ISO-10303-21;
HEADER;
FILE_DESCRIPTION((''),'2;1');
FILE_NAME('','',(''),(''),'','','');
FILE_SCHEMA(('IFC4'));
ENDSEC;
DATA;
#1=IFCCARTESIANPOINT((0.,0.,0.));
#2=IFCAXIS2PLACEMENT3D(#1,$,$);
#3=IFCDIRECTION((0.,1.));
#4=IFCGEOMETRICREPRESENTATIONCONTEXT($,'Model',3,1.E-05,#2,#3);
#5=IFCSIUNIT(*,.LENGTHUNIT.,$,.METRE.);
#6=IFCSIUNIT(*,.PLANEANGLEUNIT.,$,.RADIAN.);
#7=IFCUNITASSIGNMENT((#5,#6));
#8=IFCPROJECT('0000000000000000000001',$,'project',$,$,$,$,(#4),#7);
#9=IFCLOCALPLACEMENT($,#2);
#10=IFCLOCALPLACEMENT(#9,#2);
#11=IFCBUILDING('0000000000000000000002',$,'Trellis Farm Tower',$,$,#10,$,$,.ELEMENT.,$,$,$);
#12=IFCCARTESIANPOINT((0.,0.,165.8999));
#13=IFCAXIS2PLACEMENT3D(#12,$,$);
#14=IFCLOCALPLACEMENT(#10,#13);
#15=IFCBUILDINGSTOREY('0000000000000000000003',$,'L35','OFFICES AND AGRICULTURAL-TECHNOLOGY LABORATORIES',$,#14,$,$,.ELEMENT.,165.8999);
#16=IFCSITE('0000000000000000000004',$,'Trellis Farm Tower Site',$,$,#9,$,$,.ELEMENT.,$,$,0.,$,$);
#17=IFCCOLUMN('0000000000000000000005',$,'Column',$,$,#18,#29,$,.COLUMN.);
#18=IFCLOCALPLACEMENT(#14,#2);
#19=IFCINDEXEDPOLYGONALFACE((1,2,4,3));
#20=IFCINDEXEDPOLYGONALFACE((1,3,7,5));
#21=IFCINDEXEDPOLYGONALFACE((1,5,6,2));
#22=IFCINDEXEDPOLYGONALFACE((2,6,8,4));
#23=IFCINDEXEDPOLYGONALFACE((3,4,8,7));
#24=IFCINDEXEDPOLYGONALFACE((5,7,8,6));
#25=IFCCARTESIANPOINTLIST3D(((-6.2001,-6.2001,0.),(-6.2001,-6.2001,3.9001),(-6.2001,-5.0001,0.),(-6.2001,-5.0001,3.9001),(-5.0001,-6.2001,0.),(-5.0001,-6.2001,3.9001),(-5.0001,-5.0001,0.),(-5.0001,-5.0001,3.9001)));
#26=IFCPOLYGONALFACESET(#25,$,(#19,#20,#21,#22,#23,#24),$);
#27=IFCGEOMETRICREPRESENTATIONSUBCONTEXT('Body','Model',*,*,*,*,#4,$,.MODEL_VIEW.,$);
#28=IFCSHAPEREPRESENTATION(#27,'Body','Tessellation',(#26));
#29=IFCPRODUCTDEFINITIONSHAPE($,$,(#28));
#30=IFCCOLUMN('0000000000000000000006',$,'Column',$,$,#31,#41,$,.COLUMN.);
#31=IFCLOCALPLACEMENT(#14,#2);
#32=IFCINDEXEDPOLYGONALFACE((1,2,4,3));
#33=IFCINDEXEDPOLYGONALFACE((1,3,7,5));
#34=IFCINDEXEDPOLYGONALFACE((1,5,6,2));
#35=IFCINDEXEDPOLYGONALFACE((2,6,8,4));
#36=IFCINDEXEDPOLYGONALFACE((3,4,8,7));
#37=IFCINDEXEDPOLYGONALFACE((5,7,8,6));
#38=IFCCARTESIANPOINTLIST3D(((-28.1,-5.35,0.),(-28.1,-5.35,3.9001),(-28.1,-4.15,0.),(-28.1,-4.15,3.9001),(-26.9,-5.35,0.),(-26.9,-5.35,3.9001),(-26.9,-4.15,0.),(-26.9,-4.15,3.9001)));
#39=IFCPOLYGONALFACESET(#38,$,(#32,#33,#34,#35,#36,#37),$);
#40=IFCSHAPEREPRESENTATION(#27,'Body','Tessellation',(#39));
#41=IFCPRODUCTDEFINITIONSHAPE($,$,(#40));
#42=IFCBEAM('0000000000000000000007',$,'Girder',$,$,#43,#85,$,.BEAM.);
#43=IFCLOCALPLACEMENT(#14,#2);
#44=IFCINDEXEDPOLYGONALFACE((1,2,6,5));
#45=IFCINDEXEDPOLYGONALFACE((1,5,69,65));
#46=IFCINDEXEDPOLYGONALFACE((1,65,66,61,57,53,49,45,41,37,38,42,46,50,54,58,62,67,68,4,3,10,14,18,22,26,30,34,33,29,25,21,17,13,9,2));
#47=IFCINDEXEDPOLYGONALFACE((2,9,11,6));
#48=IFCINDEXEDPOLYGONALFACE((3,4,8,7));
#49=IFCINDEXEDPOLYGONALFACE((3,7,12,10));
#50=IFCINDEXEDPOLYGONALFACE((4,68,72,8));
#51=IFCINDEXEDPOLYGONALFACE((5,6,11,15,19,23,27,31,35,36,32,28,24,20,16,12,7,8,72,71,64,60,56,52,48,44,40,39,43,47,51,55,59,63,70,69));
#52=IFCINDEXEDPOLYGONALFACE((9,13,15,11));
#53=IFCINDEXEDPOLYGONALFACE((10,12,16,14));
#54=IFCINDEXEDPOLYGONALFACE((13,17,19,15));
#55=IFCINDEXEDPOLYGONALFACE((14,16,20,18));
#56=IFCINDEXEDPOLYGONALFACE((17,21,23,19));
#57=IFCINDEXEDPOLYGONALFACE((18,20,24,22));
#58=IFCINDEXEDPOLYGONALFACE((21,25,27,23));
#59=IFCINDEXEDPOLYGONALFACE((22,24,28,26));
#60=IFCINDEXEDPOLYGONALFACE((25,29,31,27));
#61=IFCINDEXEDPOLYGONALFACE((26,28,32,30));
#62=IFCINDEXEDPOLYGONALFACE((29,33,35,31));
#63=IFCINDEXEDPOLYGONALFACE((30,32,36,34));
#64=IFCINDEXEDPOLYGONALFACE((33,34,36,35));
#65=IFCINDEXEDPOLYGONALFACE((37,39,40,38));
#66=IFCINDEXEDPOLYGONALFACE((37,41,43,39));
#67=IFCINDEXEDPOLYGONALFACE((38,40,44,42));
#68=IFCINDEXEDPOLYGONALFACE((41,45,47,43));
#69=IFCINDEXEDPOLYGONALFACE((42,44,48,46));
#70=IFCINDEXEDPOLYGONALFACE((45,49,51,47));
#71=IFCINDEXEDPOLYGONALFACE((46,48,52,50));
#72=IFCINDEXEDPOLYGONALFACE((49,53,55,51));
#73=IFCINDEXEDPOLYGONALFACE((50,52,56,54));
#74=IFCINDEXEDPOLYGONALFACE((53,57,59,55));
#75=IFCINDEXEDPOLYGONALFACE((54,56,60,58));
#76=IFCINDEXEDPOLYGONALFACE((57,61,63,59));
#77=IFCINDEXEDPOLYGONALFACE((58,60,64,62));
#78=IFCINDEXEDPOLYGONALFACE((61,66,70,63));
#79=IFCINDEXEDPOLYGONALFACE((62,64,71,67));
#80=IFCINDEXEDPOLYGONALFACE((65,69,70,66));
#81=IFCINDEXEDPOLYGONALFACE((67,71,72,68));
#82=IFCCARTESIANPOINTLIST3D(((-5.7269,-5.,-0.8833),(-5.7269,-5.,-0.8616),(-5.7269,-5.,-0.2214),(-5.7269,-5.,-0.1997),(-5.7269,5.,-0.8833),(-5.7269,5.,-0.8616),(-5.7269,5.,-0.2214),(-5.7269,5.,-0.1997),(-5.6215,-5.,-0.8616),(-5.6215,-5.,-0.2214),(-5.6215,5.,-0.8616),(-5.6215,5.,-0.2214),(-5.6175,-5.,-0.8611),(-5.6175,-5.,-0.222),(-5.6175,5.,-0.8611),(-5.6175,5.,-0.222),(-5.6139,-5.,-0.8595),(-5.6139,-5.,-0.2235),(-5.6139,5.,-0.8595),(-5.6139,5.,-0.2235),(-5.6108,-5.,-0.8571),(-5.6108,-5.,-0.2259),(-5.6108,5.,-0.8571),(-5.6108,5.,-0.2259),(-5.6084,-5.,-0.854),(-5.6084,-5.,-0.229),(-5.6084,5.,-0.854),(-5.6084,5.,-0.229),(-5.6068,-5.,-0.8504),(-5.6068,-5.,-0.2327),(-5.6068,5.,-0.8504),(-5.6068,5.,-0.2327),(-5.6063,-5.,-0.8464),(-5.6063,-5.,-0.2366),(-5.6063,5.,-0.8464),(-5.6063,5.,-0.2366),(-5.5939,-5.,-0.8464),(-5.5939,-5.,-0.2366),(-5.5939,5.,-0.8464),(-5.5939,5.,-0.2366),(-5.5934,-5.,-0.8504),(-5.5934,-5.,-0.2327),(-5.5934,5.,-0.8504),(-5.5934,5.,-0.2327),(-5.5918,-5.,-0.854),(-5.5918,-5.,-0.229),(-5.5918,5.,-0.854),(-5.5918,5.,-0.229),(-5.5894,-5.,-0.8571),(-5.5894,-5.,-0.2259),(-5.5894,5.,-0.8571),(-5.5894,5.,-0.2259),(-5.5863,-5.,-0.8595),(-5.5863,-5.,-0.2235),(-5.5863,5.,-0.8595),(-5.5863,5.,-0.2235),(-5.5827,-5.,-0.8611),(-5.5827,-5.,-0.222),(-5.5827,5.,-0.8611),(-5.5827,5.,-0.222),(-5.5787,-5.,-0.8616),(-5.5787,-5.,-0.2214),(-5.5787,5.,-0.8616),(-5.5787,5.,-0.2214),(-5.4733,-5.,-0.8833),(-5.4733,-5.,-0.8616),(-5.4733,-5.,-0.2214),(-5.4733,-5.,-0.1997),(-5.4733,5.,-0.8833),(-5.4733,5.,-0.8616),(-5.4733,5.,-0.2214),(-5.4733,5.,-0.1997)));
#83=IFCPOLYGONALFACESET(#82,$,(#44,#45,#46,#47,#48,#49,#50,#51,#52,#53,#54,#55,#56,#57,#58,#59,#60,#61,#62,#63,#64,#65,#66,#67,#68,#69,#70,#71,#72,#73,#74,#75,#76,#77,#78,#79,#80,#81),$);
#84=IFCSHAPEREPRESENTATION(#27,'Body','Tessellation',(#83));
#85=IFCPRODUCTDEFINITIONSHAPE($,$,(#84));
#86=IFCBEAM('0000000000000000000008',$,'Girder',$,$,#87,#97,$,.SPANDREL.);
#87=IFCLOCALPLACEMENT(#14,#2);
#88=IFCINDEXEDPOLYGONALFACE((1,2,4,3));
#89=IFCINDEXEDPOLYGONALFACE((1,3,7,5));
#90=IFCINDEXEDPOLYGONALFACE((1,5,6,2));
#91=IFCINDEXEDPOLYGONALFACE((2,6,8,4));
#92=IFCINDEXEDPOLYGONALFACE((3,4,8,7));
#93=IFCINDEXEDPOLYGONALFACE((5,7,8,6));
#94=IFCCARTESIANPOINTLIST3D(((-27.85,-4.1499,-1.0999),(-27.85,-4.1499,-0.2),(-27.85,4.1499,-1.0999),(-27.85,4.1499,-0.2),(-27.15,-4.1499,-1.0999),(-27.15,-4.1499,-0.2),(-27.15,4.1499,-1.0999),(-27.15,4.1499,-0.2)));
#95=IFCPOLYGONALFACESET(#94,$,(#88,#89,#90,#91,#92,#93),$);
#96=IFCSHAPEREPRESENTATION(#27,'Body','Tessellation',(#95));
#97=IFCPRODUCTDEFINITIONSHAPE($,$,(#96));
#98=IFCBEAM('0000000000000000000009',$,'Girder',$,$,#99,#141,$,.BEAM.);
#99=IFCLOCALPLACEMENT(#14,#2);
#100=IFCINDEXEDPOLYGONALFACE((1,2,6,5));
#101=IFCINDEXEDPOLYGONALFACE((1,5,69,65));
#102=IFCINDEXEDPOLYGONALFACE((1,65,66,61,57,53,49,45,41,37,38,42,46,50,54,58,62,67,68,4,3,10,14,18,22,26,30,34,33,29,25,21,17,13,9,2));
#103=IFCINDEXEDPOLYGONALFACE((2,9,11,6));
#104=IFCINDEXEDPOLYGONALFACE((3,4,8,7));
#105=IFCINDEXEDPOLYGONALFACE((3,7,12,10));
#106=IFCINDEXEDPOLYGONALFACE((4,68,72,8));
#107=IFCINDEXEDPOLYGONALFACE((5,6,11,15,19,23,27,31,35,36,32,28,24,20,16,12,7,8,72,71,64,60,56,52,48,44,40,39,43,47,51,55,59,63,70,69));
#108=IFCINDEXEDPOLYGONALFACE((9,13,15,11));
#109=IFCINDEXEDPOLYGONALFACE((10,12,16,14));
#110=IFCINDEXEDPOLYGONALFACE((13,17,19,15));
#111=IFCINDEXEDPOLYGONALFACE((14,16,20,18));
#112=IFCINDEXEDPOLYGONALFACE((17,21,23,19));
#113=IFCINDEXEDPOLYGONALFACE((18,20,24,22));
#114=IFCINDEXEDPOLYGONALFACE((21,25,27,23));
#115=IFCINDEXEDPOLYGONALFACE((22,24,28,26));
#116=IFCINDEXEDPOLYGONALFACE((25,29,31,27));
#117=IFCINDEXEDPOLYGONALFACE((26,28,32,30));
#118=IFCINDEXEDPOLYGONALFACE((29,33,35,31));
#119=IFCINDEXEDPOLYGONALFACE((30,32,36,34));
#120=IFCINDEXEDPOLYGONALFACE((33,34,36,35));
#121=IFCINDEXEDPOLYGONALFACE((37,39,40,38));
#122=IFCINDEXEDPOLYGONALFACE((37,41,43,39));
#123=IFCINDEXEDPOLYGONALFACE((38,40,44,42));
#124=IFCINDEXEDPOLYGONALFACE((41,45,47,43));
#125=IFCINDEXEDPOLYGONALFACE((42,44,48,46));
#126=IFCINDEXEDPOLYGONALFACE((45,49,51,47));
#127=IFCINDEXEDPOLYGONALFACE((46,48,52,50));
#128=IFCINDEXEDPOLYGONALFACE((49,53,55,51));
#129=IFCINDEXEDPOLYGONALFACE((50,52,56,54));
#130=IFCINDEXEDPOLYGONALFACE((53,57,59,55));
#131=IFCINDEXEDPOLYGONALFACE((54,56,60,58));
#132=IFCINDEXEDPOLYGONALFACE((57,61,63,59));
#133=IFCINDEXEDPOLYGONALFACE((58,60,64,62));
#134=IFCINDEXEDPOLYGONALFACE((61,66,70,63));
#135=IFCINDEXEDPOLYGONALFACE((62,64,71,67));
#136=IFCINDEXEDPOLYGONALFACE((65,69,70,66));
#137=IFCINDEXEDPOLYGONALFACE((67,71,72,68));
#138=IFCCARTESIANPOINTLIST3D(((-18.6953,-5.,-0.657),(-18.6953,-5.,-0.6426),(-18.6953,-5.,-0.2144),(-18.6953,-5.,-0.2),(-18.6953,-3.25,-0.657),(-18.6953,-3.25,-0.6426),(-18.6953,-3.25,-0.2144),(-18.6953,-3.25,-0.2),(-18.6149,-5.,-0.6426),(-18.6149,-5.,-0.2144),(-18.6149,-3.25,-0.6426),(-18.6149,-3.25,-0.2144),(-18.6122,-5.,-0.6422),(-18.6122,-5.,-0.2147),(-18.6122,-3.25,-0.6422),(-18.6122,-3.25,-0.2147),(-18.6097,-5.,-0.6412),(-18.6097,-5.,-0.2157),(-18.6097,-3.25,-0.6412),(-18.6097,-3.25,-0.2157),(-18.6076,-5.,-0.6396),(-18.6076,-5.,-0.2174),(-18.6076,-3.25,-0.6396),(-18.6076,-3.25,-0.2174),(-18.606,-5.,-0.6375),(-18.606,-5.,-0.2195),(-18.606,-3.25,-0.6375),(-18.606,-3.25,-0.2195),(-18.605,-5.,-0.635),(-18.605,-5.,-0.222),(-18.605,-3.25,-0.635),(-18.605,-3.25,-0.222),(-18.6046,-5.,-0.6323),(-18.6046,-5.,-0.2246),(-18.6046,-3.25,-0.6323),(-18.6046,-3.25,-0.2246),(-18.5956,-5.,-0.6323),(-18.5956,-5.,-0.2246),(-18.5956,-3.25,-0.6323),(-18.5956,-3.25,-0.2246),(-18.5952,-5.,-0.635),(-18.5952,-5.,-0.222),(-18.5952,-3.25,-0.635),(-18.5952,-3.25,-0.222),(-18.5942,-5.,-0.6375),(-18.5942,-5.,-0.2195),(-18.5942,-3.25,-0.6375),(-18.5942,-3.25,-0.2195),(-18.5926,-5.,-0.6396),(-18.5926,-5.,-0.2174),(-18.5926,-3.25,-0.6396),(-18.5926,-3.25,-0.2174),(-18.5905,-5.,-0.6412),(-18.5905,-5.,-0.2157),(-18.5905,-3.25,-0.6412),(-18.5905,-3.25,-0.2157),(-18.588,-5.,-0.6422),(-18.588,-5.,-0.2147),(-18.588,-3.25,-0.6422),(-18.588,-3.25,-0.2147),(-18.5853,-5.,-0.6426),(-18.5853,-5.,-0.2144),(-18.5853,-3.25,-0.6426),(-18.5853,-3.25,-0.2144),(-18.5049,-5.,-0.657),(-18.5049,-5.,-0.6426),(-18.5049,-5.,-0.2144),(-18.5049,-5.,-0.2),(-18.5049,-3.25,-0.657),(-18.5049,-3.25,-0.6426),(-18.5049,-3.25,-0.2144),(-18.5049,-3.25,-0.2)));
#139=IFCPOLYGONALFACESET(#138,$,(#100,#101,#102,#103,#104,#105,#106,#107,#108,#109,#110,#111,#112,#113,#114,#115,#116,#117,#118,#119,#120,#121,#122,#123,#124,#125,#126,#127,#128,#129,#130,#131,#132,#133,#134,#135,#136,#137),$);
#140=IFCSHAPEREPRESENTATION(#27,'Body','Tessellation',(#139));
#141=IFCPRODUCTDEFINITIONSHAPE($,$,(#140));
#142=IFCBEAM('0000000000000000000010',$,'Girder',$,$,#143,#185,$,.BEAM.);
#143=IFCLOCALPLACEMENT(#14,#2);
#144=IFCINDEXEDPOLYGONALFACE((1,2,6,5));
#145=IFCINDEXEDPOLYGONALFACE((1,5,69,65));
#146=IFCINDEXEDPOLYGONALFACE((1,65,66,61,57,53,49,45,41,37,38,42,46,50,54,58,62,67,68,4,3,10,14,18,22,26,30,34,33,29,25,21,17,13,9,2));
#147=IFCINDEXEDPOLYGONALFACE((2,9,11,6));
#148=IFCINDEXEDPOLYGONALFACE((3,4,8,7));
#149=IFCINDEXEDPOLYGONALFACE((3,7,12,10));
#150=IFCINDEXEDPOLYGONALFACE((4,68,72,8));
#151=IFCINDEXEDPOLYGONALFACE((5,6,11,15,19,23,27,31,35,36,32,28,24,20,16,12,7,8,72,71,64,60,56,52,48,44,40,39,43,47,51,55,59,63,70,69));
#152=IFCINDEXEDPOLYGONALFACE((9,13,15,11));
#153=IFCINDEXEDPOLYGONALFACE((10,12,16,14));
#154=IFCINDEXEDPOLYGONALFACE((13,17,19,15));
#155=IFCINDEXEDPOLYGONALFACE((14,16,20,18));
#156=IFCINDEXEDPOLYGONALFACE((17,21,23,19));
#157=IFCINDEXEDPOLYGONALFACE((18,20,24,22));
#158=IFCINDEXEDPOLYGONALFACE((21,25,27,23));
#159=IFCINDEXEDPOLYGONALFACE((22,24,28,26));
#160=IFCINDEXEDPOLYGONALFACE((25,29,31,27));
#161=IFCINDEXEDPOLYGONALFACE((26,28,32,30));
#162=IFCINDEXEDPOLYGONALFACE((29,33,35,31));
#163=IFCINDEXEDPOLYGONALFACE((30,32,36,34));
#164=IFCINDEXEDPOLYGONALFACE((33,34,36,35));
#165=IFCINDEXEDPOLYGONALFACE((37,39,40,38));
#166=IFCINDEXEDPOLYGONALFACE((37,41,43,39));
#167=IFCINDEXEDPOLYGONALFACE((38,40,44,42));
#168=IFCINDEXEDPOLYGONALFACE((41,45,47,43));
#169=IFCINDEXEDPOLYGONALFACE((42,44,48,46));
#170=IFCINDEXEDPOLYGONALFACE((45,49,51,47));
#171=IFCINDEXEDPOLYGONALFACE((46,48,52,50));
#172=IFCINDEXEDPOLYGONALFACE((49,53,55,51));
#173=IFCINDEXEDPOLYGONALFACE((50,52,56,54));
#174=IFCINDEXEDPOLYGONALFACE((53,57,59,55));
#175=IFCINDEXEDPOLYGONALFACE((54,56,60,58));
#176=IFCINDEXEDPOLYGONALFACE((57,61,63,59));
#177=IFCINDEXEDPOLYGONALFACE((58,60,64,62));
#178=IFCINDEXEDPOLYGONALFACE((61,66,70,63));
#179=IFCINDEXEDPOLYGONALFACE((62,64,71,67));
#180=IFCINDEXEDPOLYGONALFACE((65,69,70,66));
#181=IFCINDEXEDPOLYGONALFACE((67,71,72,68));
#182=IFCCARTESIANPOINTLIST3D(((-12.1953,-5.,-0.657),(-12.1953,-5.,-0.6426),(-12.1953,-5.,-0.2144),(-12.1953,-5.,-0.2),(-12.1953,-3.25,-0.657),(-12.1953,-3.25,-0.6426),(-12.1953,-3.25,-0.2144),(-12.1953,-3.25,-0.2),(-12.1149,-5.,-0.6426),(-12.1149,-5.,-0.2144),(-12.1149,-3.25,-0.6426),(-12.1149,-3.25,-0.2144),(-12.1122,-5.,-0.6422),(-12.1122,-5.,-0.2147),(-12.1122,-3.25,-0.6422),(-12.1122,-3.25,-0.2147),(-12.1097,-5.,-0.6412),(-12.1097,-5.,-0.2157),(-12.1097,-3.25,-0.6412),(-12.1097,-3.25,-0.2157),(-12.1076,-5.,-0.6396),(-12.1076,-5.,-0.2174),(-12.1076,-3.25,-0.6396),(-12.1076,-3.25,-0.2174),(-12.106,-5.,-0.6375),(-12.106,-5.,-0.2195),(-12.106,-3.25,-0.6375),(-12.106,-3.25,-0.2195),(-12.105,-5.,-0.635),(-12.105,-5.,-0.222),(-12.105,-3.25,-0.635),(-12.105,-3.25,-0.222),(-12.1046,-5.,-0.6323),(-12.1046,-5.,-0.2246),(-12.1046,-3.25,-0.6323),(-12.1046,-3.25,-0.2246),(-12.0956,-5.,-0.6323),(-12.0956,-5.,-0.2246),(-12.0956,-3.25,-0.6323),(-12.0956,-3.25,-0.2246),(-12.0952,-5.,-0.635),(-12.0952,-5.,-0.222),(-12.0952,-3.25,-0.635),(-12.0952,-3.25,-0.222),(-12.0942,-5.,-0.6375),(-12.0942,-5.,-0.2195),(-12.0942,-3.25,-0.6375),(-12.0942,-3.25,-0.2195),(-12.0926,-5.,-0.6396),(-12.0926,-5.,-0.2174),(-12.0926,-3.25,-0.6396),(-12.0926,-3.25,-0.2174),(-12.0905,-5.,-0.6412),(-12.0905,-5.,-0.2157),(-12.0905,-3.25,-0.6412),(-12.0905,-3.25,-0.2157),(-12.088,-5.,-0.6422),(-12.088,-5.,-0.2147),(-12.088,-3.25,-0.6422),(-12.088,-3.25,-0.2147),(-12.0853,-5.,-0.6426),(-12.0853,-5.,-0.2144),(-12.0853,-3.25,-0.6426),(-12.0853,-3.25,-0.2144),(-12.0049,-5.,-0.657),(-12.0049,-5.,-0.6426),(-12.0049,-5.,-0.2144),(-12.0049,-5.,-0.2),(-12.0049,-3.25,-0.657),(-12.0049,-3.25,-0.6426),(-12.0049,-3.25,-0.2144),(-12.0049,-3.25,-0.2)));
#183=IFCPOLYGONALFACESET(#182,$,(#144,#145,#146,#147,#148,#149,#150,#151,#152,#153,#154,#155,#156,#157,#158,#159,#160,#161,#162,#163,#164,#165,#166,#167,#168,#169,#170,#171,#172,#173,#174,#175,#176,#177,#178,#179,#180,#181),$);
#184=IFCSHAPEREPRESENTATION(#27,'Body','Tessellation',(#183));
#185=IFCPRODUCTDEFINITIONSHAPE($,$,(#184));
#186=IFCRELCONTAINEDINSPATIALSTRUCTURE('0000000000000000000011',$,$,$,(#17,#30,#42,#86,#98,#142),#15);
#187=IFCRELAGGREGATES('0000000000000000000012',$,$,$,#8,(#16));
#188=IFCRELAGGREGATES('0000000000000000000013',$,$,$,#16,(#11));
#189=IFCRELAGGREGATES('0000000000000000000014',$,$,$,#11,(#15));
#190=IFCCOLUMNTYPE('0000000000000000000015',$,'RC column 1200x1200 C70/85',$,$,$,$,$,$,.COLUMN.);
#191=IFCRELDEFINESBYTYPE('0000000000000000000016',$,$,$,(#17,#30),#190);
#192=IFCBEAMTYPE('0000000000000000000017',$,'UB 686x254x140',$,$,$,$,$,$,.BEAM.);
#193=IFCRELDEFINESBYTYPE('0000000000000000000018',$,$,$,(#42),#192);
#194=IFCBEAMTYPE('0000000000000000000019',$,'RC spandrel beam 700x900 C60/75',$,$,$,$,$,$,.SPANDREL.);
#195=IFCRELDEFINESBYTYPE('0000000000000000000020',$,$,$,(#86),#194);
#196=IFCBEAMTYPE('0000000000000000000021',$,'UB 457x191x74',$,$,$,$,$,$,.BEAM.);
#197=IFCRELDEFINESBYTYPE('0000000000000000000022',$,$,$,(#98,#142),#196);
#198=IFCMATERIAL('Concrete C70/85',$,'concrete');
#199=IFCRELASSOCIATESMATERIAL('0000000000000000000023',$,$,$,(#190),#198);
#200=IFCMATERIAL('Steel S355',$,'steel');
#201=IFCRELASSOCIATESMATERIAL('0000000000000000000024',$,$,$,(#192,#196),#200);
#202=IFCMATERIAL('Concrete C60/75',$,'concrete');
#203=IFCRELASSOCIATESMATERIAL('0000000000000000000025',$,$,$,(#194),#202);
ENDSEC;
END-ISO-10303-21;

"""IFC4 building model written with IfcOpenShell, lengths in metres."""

from ifc_helpers import new_model, si_unit, direction, frame, origin, origin_2d, place, context, subcontext, project, spatial, rectangle, i_section, extrude, source, transform, mapped, material, material_profile, profile_set, type_object, element, save


model = new_model("IFC4")

# Units and contexts
model_context = context("Model", 3, precision=1e-05, world=origin(), true_north=direction((0.0, 1.0)))
body_context = subcontext(model_context, "Body", "Model", "MODEL_VIEW")
ifc_project = project(units=[si_unit("LENGTHUNIT", "METRE"), si_unit("PLANEANGLEUNIT", "RADIAN")], contexts=[model_context])

# Site, building, storey
site_placement = place(None, origin())
site = spatial("IfcSite", under=ifc_project, at=site_placement, Name="Trellis Farm Tower Site", CompositionType="ELEMENT", RefElevation=0.0)
building_placement = place(site_placement, origin())
building = spatial("IfcBuilding", under=site, at=building_placement, Name="Trellis Farm Tower", CompositionType="ELEMENT")
storey_placement = place(building_placement, frame((0.0, 0.0, 165.8999)))
storey = spatial("IfcBuildingStorey", under=building, at=storey_placement, Name="L35", Description="OFFICES AND AGRICULTURAL-TECHNOLOGY LABORATORIES", CompositionType="ELEMENT", Elevation=165.8999)

# Columns
ifc_material_1 = material(Name="Concrete C70/85", Category="concrete")
ifc_material_profile_1 = material_profile(ifc_material_1, rectangle(XDim=1.2, YDim=1.2, at=origin_2d()), Name="RC column 1200x1200 C70/85")
ifc_profile_set_1 = profile_set([ifc_material_profile_1], Name="Concrete C70/85")
column_type = type_object("IfcColumnType", Name="RC column 1200x1200 C70/85", PredefinedType="COLUMN", material=ifc_profile_set_1)
shared_shape_1 = source(origin(), body_context, "Body", "SweptSolid", [
    extrude(rectangle(XDim=1.2, YDim=1.2, at=origin_2d()), origin(), (0.0, 0.0, 1.0), 3.9001),
])
for number, where, z_axis, x_axis, name in (
    (1, (-5.6001, -5.6001, 0.0), (0.0, 0.0, 1.0), (1.0, 0.0, 0.0), "Column"),
    (2, (-27.5, -4.75, 0.0), (0.0, 0.0, 1.0), (1.0, 0.0, 0.0), "Column"),
):
    element("IfcColumn", number, at=place(storey_placement, frame(where, z_axis=z_axis, x_axis=x_axis)), inside=storey, type_object=column_type, Name=name, PredefinedType="COLUMN", context=body_context, shape_type="MappedRepresentation", body=[
        mapped(shared_shape_1, transform((0.0, 0.0, 0.0))),
    ])

# Beams
ifc_material_2 = material(Name="Steel S355", Category="steel")
ifc_material_profile_2 = material_profile(ifc_material_2, i_section(OverallWidth=0.2537, OverallDepth=0.6836, WebThickness=0.0125, FlangeThickness=0.0217, FilletRadius=0.0151, at=origin_2d()), Name="UB 686x254x140")
ifc_profile_set_2 = profile_set([ifc_material_profile_2], Name="Steel S355")
beam_type_1 = type_object("IfcBeamType", Name="UB 686x254x140", PredefinedType="BEAM", material=ifc_profile_set_2)
shared_shape_2 = source(origin(), body_context, "Body", "SweptSolid", [
    extrude(i_section(OverallWidth=0.2537, OverallDepth=0.6836, WebThickness=0.0125, FlangeThickness=0.0217, FilletRadius=0.0151, at=origin_2d()), origin(), (0.0, 0.0, 1.0), 10.0),
])
beam_1_placement = place(storey_placement, frame((-5.6001, -5.0, -0.5415), z_axis=(0.0, 1.0, 0.0), x_axis=(-1.0, 0.0, 0.0)))
element("IfcBeam", 3, at=beam_1_placement, inside=storey, type_object=beam_type_1, Name="Girder", PredefinedType="BEAM", context=body_context, shape_type="MappedRepresentation", body=[
    mapped(shared_shape_2, transform((0.0, 0.0, 0.0))),
])
ifc_material_3 = material(Name="Concrete C60/75", Category="concrete")
ifc_material_profile_3 = material_profile(ifc_material_3, rectangle(XDim=0.7, YDim=0.8999, at=origin_2d()), Name="RC spandrel beam 700x900 C60/75")
ifc_profile_set_3 = profile_set([ifc_material_profile_3], Name="Concrete C60/75")
beam_type_2 = type_object("IfcBeamType", Name="RC spandrel beam 700x900 C60/75", PredefinedType="SPANDREL", material=ifc_profile_set_3)
shared_shape_3 = source(origin(), body_context, "Body", "SweptSolid", [
    extrude(rectangle(XDim=0.7, YDim=0.8999, at=origin_2d()), origin(), (0.0, 0.0, 1.0), 8.2998),
])
beam_2_placement = place(storey_placement, frame((-27.5, -4.1499, -0.6499), z_axis=(0.0, 1.0, 0.0), x_axis=(-1.0, 0.0, 0.0)))
element("IfcBeam", 4, at=beam_2_placement, inside=storey, type_object=beam_type_2, Name="Girder", PredefinedType="SPANDREL", context=body_context, shape_type="MappedRepresentation", body=[
    mapped(shared_shape_3, transform((0.0, 0.0, 0.0))),
])
ifc_material_profile_4 = material_profile(ifc_material_2, i_section(OverallWidth=0.1904, OverallDepth=0.457, WebThickness=0.009, FlangeThickness=0.0144, FilletRadius=0.0103, at=origin_2d()), Name="UB 457x191x74")
ifc_profile_set_4 = profile_set([ifc_material_profile_4], Name="Steel S355")
beam_type_3 = type_object("IfcBeamType", Name="UB 457x191x74", PredefinedType="BEAM", material=ifc_profile_set_4)
shared_shape_4 = source(origin(), body_context, "Body", "SweptSolid", [
    extrude(i_section(OverallWidth=0.1904, OverallDepth=0.457, WebThickness=0.009, FlangeThickness=0.0144, FilletRadius=0.0103, at=origin_2d()), origin(), (0.0, 0.0, 1.0), 1.75),
])
for number, where, z_axis, x_axis, name in (
    (5, (-18.6001, -5.0, -0.4285), (0.0, 1.0, 0.0), (-1.0, 0.0, 0.0), "Girder"),
    (6, (-12.1001, -5.0, -0.4285), (0.0, 1.0, 0.0), (-1.0, 0.0, 0.0), "Girder"),
):
    element("IfcBeam", number, at=place(storey_placement, frame(where, z_axis=z_axis, x_axis=x_axis)), inside=storey, type_object=beam_type_3, Name=name, PredefinedType="BEAM", context=body_context, shape_type="MappedRepresentation", body=[
        mapped(shared_shape_4, transform((0.0, 0.0, 0.0))),
    ])

save(model, "model.ifc")
